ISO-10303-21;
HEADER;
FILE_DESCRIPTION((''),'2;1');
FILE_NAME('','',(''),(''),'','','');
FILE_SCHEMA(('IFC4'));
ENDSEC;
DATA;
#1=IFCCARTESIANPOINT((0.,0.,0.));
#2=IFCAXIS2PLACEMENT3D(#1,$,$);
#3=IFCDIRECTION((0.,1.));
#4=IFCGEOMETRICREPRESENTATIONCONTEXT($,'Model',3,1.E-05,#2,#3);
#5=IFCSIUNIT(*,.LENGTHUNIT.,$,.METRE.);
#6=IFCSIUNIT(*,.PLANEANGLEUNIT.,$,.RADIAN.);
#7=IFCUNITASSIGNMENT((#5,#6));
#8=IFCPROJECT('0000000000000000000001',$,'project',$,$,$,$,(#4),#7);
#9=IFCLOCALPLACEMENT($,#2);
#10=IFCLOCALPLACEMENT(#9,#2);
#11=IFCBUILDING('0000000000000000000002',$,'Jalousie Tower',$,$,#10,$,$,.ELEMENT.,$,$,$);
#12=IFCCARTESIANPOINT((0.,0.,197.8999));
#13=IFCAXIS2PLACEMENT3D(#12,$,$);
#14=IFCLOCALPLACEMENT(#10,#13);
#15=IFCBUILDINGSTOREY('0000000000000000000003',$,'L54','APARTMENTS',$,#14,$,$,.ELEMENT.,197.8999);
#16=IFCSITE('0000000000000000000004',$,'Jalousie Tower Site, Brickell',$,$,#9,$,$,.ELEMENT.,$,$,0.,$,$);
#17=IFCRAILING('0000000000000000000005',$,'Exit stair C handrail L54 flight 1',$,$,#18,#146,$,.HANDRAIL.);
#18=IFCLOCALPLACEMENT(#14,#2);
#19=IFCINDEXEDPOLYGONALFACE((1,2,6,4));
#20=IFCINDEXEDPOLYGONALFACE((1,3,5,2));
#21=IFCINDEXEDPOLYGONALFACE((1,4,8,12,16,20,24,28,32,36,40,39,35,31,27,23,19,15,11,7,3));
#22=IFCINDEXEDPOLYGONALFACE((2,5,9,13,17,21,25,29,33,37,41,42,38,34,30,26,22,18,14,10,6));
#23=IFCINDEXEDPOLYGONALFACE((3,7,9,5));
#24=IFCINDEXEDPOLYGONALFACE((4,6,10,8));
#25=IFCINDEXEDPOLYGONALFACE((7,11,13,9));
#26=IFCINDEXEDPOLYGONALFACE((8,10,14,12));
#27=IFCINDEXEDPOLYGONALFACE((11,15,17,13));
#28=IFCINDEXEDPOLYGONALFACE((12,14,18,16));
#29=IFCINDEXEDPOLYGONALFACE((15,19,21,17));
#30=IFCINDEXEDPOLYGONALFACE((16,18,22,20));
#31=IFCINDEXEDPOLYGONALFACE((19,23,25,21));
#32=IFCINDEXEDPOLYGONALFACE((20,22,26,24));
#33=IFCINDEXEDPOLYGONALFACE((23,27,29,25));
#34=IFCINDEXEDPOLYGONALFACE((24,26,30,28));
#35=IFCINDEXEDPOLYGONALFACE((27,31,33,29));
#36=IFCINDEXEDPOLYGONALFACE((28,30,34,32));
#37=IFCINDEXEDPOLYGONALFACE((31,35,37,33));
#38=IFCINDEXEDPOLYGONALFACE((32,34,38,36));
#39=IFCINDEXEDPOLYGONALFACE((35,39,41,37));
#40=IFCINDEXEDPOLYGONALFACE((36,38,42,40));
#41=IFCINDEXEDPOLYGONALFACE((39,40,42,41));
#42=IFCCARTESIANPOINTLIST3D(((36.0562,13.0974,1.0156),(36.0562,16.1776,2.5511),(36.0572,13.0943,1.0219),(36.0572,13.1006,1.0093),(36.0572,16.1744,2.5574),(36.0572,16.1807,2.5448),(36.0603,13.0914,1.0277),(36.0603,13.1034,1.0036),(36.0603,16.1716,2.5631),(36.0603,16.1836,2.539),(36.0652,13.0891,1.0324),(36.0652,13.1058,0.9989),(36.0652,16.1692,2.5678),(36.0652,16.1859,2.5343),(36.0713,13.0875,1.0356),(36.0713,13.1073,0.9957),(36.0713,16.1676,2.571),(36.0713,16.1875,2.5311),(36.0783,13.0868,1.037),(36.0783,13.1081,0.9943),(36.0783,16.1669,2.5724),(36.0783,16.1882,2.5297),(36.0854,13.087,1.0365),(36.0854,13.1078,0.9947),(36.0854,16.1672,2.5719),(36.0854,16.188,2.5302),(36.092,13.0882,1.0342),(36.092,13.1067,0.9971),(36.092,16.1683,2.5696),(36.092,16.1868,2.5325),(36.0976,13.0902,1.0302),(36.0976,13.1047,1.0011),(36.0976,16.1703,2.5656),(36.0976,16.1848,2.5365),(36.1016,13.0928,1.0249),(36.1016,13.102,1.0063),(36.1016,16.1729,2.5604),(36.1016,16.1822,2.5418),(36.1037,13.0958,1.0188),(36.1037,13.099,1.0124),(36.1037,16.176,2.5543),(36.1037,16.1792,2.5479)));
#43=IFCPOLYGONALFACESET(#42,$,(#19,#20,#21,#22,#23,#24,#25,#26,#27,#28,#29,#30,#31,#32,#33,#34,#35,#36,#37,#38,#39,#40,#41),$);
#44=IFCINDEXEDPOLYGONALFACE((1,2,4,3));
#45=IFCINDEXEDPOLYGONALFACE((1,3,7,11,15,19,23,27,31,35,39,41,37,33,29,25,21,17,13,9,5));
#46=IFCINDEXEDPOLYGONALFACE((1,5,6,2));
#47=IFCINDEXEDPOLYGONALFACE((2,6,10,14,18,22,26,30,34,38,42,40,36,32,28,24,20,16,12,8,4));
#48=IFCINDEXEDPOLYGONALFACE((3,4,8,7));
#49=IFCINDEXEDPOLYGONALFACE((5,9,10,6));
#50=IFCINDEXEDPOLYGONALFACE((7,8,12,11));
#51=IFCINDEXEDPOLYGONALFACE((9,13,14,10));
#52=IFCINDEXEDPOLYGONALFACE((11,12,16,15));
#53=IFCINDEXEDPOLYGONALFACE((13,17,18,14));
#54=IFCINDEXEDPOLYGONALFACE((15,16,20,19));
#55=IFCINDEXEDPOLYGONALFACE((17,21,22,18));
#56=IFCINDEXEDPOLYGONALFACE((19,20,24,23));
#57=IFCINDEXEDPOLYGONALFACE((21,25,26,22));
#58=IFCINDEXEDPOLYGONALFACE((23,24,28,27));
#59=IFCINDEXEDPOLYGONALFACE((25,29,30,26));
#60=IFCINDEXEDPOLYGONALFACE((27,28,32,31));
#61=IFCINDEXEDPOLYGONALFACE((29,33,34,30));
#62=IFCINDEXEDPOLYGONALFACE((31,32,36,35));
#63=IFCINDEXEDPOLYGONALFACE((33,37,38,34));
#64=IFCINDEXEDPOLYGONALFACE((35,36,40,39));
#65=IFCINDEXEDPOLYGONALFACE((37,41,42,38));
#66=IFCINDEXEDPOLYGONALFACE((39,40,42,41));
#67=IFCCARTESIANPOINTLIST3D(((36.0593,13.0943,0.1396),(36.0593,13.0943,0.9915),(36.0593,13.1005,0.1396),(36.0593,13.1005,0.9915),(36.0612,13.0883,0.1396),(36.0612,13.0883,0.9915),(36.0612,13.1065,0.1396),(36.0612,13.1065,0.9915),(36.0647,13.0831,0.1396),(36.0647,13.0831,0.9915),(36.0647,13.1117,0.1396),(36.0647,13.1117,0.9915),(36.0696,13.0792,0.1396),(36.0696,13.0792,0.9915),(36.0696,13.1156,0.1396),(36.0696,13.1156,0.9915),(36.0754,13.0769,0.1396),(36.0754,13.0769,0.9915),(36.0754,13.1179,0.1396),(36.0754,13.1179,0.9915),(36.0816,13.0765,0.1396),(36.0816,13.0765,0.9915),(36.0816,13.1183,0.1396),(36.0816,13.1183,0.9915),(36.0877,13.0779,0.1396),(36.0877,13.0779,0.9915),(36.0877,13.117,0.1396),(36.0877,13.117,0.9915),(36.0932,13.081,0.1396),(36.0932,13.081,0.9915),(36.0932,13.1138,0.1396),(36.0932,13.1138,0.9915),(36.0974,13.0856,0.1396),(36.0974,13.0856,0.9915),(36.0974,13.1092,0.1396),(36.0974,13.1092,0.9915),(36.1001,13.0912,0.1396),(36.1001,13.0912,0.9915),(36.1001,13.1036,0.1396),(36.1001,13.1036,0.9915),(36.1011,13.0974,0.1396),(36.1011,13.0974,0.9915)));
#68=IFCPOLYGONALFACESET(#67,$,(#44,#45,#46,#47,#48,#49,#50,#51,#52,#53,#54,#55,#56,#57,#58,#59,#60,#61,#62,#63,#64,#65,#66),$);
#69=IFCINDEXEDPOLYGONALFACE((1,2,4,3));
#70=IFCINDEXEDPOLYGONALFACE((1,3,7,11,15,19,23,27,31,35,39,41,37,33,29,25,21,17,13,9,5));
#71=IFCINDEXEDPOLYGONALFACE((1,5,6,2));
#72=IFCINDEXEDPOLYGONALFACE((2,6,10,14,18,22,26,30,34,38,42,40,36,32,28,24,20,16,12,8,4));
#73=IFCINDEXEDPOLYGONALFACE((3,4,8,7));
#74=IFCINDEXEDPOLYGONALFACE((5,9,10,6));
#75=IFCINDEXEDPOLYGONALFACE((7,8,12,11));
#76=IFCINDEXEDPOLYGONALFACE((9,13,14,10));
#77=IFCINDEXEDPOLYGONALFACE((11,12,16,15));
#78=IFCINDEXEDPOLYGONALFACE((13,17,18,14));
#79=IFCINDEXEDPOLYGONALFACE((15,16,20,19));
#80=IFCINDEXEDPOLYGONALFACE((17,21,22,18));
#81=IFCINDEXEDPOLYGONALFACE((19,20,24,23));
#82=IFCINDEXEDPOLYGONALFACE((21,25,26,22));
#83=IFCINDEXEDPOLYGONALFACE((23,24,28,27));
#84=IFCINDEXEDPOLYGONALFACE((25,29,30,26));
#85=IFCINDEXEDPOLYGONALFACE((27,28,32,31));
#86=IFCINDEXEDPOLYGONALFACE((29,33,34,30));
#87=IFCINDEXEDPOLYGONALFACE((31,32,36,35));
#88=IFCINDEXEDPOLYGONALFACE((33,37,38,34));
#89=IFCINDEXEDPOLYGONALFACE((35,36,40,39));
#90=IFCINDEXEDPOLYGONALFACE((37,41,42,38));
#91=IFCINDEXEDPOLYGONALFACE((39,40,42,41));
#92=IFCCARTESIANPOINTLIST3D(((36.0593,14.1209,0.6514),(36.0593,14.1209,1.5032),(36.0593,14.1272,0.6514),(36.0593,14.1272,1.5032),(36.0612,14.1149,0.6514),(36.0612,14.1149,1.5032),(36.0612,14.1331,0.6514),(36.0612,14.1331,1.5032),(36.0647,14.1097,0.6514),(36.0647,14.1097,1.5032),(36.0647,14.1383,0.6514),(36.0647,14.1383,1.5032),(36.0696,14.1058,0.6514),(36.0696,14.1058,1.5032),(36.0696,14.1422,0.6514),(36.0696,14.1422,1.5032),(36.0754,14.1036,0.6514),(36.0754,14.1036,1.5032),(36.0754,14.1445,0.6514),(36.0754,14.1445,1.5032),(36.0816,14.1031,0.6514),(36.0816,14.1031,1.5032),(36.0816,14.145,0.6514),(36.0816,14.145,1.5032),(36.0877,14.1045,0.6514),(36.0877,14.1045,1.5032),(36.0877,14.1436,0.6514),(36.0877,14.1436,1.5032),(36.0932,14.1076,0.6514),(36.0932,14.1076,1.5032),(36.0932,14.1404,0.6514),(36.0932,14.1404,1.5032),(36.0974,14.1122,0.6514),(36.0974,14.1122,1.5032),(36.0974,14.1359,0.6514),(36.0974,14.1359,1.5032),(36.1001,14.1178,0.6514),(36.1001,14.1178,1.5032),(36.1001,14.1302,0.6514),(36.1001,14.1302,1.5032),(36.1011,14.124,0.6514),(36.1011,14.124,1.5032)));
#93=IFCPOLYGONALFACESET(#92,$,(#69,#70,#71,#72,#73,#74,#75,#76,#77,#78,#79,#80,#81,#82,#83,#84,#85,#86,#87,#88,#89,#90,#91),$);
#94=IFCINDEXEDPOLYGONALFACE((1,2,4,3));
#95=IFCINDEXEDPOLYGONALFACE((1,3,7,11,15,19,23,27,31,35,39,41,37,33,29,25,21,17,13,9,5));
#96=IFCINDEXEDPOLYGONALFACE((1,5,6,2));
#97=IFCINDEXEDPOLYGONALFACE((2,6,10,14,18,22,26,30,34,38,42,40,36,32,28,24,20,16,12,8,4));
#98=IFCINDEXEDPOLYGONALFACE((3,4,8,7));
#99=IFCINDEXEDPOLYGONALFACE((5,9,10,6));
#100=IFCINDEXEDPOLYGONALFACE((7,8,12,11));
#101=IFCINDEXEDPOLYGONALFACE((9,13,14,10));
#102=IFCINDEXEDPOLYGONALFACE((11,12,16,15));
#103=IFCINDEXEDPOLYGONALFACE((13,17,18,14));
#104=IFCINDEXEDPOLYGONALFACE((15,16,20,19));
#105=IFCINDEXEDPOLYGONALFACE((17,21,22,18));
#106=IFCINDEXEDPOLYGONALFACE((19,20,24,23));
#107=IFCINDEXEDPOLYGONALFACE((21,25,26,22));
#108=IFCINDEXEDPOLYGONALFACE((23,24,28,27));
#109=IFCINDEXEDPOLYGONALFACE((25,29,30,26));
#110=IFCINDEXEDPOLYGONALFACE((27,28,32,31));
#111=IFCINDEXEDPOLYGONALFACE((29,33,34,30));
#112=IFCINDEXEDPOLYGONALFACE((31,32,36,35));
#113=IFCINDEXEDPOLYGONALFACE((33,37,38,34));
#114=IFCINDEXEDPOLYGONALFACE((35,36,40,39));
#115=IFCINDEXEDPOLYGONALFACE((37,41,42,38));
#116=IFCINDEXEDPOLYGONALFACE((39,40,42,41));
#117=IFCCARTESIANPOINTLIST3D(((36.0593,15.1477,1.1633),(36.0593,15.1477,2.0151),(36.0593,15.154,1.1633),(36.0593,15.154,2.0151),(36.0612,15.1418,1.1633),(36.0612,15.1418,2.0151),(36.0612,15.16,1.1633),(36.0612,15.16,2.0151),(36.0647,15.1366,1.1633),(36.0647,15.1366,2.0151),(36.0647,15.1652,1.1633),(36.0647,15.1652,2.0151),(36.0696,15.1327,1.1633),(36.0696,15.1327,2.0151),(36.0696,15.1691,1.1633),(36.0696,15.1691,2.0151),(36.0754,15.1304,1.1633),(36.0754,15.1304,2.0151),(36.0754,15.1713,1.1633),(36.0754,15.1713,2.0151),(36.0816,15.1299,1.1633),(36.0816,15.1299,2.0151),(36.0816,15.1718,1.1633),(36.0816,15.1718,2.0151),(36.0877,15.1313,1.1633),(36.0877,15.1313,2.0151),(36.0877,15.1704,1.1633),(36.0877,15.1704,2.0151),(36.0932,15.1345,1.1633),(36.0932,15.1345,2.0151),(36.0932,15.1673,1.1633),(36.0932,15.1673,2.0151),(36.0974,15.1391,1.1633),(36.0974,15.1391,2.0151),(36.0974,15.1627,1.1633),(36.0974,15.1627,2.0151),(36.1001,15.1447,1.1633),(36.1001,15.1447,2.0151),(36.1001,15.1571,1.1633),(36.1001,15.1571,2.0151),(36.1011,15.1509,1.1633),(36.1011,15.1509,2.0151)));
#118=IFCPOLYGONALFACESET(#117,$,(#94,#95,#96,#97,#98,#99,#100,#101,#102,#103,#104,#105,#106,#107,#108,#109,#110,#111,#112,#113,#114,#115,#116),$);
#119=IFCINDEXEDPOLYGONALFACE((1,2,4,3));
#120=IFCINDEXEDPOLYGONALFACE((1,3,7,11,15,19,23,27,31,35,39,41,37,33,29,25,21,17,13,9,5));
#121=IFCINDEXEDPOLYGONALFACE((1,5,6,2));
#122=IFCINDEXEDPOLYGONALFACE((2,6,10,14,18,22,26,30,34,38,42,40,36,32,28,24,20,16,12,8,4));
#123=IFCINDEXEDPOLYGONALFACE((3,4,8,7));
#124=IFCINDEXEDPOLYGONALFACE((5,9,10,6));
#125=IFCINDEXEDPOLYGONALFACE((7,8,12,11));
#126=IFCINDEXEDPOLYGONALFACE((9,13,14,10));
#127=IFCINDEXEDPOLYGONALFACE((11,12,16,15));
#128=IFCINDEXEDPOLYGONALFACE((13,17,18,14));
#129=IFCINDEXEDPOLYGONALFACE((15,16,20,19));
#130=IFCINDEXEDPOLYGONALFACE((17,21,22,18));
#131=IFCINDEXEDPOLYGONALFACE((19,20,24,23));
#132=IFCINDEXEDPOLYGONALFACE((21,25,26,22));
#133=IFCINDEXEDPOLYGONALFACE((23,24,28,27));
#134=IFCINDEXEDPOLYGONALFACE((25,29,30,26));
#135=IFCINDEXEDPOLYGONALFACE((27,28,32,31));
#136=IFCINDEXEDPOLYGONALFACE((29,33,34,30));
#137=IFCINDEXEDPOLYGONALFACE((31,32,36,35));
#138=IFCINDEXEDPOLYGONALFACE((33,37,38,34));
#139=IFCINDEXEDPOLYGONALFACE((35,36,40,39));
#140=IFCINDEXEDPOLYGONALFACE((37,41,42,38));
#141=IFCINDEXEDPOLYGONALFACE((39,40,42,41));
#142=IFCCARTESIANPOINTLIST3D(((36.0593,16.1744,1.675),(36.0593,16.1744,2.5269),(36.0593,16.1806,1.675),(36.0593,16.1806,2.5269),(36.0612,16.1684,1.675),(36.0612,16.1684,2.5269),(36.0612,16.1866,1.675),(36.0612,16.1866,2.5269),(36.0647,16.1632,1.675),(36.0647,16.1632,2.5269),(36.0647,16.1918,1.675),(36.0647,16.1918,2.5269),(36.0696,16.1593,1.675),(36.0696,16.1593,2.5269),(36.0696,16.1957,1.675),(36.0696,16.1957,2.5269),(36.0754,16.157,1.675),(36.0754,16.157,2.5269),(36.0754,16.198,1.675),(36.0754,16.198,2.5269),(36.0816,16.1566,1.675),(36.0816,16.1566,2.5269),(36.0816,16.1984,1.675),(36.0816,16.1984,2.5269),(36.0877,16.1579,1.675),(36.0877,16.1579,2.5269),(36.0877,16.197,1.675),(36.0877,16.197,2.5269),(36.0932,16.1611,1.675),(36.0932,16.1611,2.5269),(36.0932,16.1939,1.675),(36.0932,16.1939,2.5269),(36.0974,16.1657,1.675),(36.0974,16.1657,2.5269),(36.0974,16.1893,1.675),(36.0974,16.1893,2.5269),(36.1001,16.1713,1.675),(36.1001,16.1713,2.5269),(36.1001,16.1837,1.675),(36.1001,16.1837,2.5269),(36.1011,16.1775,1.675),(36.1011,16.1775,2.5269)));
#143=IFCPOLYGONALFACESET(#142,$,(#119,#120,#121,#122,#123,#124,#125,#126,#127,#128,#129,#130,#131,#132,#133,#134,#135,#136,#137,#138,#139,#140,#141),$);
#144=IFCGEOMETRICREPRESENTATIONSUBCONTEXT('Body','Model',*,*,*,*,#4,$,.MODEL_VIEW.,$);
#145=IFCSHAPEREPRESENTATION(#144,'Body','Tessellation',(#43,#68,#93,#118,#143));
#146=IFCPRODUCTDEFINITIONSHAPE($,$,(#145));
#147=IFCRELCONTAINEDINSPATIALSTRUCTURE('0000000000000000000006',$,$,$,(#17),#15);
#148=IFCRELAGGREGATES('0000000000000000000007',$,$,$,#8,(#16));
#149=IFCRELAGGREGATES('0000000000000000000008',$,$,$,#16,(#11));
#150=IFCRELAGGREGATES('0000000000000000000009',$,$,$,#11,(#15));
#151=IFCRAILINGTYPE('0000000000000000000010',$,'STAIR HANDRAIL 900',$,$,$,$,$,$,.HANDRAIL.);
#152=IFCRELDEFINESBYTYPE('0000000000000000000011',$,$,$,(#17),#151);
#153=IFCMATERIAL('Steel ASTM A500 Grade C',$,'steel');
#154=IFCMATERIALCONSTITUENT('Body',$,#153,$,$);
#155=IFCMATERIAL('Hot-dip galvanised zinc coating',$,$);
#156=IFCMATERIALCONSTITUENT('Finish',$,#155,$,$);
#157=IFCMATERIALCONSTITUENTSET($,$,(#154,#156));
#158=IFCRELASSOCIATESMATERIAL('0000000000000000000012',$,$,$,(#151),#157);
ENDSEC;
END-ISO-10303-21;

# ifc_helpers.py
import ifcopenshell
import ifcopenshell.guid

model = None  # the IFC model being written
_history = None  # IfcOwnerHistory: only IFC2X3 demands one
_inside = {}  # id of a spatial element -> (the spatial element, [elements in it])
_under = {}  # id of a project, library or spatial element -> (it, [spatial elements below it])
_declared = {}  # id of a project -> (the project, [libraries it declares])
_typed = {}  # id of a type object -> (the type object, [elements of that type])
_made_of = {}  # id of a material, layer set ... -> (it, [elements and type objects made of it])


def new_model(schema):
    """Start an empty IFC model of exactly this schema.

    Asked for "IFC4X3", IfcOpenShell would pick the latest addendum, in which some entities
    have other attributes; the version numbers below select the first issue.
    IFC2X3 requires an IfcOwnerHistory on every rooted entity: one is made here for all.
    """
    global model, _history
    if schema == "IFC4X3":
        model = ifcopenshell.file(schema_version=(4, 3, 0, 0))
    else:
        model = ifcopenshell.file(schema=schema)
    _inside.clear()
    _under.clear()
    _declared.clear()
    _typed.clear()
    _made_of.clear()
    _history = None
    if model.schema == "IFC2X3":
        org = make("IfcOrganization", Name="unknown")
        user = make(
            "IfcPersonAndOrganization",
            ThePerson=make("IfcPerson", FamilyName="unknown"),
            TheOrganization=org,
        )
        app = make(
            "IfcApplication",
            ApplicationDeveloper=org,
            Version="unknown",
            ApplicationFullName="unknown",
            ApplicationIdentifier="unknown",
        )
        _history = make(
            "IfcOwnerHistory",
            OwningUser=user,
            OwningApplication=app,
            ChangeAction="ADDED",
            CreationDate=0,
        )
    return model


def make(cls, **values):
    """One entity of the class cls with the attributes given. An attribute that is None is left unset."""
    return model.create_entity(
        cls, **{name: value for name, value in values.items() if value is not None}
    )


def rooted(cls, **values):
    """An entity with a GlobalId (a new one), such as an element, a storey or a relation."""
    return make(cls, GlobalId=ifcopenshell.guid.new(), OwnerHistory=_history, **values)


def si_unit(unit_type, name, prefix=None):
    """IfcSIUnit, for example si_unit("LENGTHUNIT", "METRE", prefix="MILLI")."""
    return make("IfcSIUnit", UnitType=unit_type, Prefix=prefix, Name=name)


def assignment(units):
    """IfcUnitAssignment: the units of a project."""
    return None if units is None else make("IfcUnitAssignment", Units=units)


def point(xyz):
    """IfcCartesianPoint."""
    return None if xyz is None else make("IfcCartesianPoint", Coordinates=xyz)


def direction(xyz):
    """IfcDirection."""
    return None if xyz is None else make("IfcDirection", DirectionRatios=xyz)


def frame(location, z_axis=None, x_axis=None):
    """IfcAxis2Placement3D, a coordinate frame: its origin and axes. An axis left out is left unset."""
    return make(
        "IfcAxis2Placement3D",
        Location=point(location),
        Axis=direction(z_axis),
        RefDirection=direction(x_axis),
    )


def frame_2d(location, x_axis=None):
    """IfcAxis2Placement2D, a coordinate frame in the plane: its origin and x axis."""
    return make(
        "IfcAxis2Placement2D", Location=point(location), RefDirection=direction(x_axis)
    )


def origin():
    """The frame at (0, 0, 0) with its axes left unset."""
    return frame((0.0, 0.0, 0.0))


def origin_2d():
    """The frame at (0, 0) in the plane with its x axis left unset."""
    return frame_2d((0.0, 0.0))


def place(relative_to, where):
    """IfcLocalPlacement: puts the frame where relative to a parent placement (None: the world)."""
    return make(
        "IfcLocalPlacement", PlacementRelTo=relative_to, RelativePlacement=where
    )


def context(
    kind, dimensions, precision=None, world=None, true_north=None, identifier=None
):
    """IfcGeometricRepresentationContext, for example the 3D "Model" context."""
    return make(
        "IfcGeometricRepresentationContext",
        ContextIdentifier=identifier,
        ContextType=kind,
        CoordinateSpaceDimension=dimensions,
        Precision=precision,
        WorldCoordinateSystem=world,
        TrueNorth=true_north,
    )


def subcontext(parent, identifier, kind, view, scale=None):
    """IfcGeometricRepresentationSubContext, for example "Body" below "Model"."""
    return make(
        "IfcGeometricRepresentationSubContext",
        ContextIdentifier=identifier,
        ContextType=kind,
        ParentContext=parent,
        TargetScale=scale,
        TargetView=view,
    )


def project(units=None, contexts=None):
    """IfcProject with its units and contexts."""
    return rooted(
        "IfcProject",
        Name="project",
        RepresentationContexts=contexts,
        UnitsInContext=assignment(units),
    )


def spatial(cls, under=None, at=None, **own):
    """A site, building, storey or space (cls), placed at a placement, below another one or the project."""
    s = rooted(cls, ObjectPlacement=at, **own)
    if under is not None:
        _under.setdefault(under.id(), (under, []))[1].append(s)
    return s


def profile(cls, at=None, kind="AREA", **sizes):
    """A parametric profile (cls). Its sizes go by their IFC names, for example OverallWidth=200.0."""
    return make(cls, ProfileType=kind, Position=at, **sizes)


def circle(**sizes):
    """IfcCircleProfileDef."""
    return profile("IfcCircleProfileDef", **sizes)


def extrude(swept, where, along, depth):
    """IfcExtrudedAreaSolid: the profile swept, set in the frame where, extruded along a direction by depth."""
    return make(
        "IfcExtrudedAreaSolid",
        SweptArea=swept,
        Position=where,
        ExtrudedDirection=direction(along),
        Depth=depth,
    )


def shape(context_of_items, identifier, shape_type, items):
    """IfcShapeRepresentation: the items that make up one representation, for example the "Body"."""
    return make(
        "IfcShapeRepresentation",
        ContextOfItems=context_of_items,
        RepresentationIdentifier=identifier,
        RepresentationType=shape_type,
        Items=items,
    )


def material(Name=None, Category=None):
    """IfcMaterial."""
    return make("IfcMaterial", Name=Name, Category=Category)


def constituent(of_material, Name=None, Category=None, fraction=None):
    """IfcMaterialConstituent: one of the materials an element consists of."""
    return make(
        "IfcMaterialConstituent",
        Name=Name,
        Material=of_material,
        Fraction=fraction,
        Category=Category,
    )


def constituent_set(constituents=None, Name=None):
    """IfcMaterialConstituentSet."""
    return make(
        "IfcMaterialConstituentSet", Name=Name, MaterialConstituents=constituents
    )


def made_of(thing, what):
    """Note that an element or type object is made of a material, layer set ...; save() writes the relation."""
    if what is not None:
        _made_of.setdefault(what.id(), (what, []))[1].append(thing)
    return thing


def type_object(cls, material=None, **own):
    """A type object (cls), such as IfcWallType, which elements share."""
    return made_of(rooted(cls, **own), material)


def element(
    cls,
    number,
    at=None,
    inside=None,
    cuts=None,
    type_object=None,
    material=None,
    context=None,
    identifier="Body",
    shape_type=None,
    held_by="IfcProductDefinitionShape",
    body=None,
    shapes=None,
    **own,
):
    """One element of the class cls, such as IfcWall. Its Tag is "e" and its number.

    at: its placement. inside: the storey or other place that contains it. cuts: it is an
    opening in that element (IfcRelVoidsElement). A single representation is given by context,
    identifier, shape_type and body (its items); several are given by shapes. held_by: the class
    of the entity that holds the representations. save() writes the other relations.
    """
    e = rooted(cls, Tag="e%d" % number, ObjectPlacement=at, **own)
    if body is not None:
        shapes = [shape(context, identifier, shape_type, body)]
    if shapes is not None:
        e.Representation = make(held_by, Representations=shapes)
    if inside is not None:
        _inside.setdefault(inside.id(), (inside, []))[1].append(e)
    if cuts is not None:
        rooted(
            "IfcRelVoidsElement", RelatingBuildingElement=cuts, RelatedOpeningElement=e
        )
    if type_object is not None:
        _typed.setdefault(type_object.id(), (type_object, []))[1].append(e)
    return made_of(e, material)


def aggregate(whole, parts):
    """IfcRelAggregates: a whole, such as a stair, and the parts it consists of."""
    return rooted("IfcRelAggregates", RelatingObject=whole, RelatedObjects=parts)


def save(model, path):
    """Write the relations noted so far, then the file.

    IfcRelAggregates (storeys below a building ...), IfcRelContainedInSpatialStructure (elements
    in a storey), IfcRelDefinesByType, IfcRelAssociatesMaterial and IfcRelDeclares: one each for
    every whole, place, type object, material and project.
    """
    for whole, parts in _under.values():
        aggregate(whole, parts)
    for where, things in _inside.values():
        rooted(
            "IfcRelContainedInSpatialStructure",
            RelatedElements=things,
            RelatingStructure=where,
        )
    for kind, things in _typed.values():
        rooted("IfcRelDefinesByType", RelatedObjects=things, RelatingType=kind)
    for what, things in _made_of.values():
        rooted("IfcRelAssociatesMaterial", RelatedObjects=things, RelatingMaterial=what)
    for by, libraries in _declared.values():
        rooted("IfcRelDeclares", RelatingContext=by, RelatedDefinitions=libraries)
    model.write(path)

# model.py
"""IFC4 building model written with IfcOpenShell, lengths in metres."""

from ifc_helpers import new_model, si_unit, direction, frame, origin, origin_2d, place, context, subcontext, project, spatial, circle, extrude, material, constituent, constituent_set, type_object, element, save


model = new_model("IFC4")

# Units and contexts
model_context = context("Model", 3, precision=1e-05, world=origin(), true_north=direction((0.0, 1.0)))
body_context = subcontext(model_context, "Body", "Model", "MODEL_VIEW")
ifc_project = project(units=[si_unit("LENGTHUNIT", "METRE"), si_unit("PLANEANGLEUNIT", "RADIAN")], contexts=[model_context])

# Site, building, storey
site_placement = place(None, origin())
site = spatial("IfcSite", under=ifc_project, at=site_placement, Name="Jalousie Tower Site, Brickell", CompositionType="ELEMENT", RefElevation=0.0)
building_placement = place(site_placement, origin())
building = spatial("IfcBuilding", under=site, at=building_placement, Name="Jalousie Tower", CompositionType="ELEMENT")
storey_placement = place(building_placement, frame((0.0, 0.0, 197.8999)))
storey = spatial("IfcBuildingStorey", under=building, at=storey_placement, Name="L54", Description="APARTMENTS", CompositionType="ELEMENT", Elevation=197.8999)

# Railing
ifc_material_1 = material(Name="Steel ASTM A500 Grade C", Category="steel")
ifc_constituent_1 = constituent(ifc_material_1, Name="Body")
ifc_material_2 = material(Name="Hot-dip galvanised zinc coating")
ifc_constituent_2 = constituent(ifc_material_2, Name="Finish")
ifc_constituent_set_1 = constituent_set(constituents=[ifc_constituent_1, ifc_constituent_2])
railing_type_1 = type_object("IfcRailingType", Name="STAIR HANDRAIL 900", PredefinedType="HANDRAIL", material=ifc_constituent_set_1)
railing_1_placement = place(storey_placement, frame((36.0801, 13.0974, 0.1396)))
element("IfcRailing", 1, at=railing_1_placement, inside=storey, type_object=railing_type_1, Name="Exit stair C handrail L54 flight 1", PredefinedType="HANDRAIL", context=body_context, shape_type="SweptSolid", body=[
    extrude(circle(Radius=0.0239, at=origin_2d()), frame((0.0, 0.0, 0.876), z_axis=(0.0, 0.894966, 0.446135), x_axis=(-1.0, 0.0, 0.0)), (0.0, 0.0, 1.0), 3.4417),
    extrude(circle(Radius=0.021, at=origin_2d()), origin(), (0.0, 0.0, 1.0), 0.8518),
    extrude(circle(Radius=0.021, at=origin_2d()), frame((0.0, 1.0266, 0.5117)), (0.0, 0.0, 1.0), 0.8518),
    extrude(circle(Radius=0.021, at=origin_2d()), frame((0.0, 2.0535, 1.0237)), (0.0, 0.0, 1.0), 0.8518),
    extrude(circle(Radius=0.021, at=origin_2d()), frame((0.0, 3.0801, 1.5354)), (0.0, 0.0, 1.0), 0.8518),
])

save(model, "model.ifc")
